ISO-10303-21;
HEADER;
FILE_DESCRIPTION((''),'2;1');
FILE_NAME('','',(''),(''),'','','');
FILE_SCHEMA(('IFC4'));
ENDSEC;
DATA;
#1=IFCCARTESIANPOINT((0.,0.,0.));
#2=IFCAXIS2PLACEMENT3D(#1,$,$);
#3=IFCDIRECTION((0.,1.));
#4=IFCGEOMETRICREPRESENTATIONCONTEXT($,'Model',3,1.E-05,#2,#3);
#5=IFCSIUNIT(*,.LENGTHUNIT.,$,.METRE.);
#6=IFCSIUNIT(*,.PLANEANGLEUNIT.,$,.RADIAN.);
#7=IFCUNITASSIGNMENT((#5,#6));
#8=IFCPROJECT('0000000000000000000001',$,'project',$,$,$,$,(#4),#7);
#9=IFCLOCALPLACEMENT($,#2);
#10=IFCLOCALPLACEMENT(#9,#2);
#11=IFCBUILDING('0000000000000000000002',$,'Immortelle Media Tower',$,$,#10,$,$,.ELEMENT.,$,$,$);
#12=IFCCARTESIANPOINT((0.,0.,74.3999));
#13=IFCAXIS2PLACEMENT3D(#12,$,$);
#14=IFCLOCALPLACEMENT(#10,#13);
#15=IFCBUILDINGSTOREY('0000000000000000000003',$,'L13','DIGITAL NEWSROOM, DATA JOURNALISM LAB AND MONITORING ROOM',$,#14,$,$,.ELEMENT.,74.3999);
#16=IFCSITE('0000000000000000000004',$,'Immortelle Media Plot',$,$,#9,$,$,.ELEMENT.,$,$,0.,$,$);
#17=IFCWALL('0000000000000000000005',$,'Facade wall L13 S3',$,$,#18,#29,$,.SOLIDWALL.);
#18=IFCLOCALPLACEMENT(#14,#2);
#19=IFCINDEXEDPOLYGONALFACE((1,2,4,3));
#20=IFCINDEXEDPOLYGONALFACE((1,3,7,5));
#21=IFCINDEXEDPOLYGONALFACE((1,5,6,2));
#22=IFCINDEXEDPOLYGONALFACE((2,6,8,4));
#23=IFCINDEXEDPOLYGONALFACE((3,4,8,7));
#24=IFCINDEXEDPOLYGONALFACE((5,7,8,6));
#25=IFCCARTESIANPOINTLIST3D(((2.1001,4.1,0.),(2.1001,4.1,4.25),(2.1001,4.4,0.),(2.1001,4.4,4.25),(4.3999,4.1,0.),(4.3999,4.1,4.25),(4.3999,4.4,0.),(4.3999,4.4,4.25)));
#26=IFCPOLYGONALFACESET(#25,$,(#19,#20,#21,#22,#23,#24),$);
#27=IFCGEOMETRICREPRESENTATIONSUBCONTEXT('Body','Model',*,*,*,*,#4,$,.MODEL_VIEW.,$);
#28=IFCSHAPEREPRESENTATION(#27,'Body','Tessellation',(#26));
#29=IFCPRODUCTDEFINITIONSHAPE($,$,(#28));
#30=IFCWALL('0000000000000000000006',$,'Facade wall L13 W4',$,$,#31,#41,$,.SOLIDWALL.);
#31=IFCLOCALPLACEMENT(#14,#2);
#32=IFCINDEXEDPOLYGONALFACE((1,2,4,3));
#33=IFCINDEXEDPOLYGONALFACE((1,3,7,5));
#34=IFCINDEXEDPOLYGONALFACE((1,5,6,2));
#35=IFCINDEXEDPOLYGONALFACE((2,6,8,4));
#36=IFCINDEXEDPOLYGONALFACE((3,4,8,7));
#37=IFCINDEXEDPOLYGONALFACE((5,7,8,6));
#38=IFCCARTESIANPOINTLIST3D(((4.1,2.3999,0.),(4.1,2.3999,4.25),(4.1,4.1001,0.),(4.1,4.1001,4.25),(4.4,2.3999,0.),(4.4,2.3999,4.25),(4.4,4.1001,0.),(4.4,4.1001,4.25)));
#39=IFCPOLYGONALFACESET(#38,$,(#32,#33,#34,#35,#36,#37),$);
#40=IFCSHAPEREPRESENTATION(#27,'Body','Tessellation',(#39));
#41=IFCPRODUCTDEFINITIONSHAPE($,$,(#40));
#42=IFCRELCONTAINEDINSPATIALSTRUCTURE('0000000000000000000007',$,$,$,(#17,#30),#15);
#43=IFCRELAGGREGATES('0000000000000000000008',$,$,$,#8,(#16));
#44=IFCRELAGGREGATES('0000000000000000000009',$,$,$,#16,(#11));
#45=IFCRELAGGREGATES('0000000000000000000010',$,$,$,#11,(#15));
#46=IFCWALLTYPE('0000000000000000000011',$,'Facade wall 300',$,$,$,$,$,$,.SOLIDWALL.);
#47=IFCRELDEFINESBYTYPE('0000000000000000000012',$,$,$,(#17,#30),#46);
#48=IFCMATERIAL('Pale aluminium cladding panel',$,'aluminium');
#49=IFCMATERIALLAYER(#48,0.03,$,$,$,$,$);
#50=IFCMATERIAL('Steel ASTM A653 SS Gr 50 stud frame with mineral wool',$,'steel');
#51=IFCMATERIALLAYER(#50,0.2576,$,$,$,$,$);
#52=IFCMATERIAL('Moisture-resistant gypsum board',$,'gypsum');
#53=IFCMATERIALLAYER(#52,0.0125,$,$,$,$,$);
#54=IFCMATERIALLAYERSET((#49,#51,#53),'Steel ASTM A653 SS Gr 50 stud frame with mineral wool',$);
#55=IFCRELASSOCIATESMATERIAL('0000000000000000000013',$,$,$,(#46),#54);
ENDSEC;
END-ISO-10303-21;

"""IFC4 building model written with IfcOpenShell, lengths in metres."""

from ifc_helpers import new_model, si_unit, direction, frame, frame_2d, origin, place, context, subcontext, project, spatial, rectangle, extrude, material, layer, layer_set, type_object, element, save


model = new_model("IFC4")

# Units and contexts
model_context = context("Model", 3, precision=1e-05, world=origin(), true_north=direction((0.0, 1.0)))
body_context = subcontext(model_context, "Body", "Model", "MODEL_VIEW")
ifc_project = project(units=[si_unit("LENGTHUNIT", "METRE"), si_unit("PLANEANGLEUNIT", "RADIAN")], contexts=[model_context])

# Site, building, storey
site_placement = place(None, origin())
site = spatial("IfcSite", under=ifc_project, at=site_placement, Name="Immortelle Media Plot", CompositionType="ELEMENT", RefElevation=0.0)
building_placement = place(site_placement, origin())
building = spatial("IfcBuilding", under=site, at=building_placement, Name="Immortelle Media Tower", CompositionType="ELEMENT")
storey_placement = place(building_placement, frame((0.0, 0.0, 74.3999)))
storey = spatial("IfcBuildingStorey", under=building, at=storey_placement, Name="L13", Description="DIGITAL NEWSROOM, DATA JOURNALISM LAB AND MONITORING ROOM", CompositionType="ELEMENT", Elevation=74.3999)

# Shared definitions
ifc_material_1 = material(Name="Steel ASTM A653 SS Gr 50 stud frame with mineral wool", Category="steel")

# Walls
ifc_material_2 = material(Name="Pale aluminium cladding panel", Category="aluminium")
ifc_layer_1 = layer(ifc_material_2, 0.03)
ifc_layer_2 = layer(ifc_material_1, 0.2576)
ifc_material_3 = material(Name="Moisture-resistant gypsum board", Category="gypsum")
ifc_layer_3 = layer(ifc_material_3, 0.0125)
ifc_layer_set_1 = layer_set([ifc_layer_1, ifc_layer_2, ifc_layer_3], Name="Steel ASTM A653 SS Gr 50 stud frame with mineral wool")
wall_type_1 = type_object("IfcWallType", Name="Facade wall 300", PredefinedType="SOLIDWALL", material=ifc_layer_set_1)
wall_1_placement = place(storey_placement, frame((2.1001, 4.25, 0.0), z_axis=(0.0, 0.0, 1.0), x_axis=(1.0, 0.0, 0.0)))
element("IfcWall", 1, at=wall_1_placement, inside=storey, type_object=wall_type_1, Name="Facade wall L13 S3", PredefinedType="SOLIDWALL", context=body_context, shape_type="SweptSolid", body=[
    extrude(rectangle(XDim=2.2998, YDim=0.3, at=frame_2d((1.1499, 0.0))), origin(), (0.0, 0.0, 1.0), 4.25),
])
wall_2_placement = place(storey_placement, frame((4.25, 4.1001, 0.0), z_axis=(0.0, 0.0, 1.0), x_axis=(0.0, -1.0, 0.0)))
element("IfcWall", 2, at=wall_2_placement, inside=storey, type_object=wall_type_1, Name="Facade wall L13 W4", PredefinedType="SOLIDWALL", context=body_context, shape_type="SweptSolid", body=[
    extrude(rectangle(XDim=1.7002, YDim=0.3, at=frame_2d((0.8501, 0.0))), origin(), (0.0, 0.0, 1.0), 4.25),
])

save(model, "model.ifc")
